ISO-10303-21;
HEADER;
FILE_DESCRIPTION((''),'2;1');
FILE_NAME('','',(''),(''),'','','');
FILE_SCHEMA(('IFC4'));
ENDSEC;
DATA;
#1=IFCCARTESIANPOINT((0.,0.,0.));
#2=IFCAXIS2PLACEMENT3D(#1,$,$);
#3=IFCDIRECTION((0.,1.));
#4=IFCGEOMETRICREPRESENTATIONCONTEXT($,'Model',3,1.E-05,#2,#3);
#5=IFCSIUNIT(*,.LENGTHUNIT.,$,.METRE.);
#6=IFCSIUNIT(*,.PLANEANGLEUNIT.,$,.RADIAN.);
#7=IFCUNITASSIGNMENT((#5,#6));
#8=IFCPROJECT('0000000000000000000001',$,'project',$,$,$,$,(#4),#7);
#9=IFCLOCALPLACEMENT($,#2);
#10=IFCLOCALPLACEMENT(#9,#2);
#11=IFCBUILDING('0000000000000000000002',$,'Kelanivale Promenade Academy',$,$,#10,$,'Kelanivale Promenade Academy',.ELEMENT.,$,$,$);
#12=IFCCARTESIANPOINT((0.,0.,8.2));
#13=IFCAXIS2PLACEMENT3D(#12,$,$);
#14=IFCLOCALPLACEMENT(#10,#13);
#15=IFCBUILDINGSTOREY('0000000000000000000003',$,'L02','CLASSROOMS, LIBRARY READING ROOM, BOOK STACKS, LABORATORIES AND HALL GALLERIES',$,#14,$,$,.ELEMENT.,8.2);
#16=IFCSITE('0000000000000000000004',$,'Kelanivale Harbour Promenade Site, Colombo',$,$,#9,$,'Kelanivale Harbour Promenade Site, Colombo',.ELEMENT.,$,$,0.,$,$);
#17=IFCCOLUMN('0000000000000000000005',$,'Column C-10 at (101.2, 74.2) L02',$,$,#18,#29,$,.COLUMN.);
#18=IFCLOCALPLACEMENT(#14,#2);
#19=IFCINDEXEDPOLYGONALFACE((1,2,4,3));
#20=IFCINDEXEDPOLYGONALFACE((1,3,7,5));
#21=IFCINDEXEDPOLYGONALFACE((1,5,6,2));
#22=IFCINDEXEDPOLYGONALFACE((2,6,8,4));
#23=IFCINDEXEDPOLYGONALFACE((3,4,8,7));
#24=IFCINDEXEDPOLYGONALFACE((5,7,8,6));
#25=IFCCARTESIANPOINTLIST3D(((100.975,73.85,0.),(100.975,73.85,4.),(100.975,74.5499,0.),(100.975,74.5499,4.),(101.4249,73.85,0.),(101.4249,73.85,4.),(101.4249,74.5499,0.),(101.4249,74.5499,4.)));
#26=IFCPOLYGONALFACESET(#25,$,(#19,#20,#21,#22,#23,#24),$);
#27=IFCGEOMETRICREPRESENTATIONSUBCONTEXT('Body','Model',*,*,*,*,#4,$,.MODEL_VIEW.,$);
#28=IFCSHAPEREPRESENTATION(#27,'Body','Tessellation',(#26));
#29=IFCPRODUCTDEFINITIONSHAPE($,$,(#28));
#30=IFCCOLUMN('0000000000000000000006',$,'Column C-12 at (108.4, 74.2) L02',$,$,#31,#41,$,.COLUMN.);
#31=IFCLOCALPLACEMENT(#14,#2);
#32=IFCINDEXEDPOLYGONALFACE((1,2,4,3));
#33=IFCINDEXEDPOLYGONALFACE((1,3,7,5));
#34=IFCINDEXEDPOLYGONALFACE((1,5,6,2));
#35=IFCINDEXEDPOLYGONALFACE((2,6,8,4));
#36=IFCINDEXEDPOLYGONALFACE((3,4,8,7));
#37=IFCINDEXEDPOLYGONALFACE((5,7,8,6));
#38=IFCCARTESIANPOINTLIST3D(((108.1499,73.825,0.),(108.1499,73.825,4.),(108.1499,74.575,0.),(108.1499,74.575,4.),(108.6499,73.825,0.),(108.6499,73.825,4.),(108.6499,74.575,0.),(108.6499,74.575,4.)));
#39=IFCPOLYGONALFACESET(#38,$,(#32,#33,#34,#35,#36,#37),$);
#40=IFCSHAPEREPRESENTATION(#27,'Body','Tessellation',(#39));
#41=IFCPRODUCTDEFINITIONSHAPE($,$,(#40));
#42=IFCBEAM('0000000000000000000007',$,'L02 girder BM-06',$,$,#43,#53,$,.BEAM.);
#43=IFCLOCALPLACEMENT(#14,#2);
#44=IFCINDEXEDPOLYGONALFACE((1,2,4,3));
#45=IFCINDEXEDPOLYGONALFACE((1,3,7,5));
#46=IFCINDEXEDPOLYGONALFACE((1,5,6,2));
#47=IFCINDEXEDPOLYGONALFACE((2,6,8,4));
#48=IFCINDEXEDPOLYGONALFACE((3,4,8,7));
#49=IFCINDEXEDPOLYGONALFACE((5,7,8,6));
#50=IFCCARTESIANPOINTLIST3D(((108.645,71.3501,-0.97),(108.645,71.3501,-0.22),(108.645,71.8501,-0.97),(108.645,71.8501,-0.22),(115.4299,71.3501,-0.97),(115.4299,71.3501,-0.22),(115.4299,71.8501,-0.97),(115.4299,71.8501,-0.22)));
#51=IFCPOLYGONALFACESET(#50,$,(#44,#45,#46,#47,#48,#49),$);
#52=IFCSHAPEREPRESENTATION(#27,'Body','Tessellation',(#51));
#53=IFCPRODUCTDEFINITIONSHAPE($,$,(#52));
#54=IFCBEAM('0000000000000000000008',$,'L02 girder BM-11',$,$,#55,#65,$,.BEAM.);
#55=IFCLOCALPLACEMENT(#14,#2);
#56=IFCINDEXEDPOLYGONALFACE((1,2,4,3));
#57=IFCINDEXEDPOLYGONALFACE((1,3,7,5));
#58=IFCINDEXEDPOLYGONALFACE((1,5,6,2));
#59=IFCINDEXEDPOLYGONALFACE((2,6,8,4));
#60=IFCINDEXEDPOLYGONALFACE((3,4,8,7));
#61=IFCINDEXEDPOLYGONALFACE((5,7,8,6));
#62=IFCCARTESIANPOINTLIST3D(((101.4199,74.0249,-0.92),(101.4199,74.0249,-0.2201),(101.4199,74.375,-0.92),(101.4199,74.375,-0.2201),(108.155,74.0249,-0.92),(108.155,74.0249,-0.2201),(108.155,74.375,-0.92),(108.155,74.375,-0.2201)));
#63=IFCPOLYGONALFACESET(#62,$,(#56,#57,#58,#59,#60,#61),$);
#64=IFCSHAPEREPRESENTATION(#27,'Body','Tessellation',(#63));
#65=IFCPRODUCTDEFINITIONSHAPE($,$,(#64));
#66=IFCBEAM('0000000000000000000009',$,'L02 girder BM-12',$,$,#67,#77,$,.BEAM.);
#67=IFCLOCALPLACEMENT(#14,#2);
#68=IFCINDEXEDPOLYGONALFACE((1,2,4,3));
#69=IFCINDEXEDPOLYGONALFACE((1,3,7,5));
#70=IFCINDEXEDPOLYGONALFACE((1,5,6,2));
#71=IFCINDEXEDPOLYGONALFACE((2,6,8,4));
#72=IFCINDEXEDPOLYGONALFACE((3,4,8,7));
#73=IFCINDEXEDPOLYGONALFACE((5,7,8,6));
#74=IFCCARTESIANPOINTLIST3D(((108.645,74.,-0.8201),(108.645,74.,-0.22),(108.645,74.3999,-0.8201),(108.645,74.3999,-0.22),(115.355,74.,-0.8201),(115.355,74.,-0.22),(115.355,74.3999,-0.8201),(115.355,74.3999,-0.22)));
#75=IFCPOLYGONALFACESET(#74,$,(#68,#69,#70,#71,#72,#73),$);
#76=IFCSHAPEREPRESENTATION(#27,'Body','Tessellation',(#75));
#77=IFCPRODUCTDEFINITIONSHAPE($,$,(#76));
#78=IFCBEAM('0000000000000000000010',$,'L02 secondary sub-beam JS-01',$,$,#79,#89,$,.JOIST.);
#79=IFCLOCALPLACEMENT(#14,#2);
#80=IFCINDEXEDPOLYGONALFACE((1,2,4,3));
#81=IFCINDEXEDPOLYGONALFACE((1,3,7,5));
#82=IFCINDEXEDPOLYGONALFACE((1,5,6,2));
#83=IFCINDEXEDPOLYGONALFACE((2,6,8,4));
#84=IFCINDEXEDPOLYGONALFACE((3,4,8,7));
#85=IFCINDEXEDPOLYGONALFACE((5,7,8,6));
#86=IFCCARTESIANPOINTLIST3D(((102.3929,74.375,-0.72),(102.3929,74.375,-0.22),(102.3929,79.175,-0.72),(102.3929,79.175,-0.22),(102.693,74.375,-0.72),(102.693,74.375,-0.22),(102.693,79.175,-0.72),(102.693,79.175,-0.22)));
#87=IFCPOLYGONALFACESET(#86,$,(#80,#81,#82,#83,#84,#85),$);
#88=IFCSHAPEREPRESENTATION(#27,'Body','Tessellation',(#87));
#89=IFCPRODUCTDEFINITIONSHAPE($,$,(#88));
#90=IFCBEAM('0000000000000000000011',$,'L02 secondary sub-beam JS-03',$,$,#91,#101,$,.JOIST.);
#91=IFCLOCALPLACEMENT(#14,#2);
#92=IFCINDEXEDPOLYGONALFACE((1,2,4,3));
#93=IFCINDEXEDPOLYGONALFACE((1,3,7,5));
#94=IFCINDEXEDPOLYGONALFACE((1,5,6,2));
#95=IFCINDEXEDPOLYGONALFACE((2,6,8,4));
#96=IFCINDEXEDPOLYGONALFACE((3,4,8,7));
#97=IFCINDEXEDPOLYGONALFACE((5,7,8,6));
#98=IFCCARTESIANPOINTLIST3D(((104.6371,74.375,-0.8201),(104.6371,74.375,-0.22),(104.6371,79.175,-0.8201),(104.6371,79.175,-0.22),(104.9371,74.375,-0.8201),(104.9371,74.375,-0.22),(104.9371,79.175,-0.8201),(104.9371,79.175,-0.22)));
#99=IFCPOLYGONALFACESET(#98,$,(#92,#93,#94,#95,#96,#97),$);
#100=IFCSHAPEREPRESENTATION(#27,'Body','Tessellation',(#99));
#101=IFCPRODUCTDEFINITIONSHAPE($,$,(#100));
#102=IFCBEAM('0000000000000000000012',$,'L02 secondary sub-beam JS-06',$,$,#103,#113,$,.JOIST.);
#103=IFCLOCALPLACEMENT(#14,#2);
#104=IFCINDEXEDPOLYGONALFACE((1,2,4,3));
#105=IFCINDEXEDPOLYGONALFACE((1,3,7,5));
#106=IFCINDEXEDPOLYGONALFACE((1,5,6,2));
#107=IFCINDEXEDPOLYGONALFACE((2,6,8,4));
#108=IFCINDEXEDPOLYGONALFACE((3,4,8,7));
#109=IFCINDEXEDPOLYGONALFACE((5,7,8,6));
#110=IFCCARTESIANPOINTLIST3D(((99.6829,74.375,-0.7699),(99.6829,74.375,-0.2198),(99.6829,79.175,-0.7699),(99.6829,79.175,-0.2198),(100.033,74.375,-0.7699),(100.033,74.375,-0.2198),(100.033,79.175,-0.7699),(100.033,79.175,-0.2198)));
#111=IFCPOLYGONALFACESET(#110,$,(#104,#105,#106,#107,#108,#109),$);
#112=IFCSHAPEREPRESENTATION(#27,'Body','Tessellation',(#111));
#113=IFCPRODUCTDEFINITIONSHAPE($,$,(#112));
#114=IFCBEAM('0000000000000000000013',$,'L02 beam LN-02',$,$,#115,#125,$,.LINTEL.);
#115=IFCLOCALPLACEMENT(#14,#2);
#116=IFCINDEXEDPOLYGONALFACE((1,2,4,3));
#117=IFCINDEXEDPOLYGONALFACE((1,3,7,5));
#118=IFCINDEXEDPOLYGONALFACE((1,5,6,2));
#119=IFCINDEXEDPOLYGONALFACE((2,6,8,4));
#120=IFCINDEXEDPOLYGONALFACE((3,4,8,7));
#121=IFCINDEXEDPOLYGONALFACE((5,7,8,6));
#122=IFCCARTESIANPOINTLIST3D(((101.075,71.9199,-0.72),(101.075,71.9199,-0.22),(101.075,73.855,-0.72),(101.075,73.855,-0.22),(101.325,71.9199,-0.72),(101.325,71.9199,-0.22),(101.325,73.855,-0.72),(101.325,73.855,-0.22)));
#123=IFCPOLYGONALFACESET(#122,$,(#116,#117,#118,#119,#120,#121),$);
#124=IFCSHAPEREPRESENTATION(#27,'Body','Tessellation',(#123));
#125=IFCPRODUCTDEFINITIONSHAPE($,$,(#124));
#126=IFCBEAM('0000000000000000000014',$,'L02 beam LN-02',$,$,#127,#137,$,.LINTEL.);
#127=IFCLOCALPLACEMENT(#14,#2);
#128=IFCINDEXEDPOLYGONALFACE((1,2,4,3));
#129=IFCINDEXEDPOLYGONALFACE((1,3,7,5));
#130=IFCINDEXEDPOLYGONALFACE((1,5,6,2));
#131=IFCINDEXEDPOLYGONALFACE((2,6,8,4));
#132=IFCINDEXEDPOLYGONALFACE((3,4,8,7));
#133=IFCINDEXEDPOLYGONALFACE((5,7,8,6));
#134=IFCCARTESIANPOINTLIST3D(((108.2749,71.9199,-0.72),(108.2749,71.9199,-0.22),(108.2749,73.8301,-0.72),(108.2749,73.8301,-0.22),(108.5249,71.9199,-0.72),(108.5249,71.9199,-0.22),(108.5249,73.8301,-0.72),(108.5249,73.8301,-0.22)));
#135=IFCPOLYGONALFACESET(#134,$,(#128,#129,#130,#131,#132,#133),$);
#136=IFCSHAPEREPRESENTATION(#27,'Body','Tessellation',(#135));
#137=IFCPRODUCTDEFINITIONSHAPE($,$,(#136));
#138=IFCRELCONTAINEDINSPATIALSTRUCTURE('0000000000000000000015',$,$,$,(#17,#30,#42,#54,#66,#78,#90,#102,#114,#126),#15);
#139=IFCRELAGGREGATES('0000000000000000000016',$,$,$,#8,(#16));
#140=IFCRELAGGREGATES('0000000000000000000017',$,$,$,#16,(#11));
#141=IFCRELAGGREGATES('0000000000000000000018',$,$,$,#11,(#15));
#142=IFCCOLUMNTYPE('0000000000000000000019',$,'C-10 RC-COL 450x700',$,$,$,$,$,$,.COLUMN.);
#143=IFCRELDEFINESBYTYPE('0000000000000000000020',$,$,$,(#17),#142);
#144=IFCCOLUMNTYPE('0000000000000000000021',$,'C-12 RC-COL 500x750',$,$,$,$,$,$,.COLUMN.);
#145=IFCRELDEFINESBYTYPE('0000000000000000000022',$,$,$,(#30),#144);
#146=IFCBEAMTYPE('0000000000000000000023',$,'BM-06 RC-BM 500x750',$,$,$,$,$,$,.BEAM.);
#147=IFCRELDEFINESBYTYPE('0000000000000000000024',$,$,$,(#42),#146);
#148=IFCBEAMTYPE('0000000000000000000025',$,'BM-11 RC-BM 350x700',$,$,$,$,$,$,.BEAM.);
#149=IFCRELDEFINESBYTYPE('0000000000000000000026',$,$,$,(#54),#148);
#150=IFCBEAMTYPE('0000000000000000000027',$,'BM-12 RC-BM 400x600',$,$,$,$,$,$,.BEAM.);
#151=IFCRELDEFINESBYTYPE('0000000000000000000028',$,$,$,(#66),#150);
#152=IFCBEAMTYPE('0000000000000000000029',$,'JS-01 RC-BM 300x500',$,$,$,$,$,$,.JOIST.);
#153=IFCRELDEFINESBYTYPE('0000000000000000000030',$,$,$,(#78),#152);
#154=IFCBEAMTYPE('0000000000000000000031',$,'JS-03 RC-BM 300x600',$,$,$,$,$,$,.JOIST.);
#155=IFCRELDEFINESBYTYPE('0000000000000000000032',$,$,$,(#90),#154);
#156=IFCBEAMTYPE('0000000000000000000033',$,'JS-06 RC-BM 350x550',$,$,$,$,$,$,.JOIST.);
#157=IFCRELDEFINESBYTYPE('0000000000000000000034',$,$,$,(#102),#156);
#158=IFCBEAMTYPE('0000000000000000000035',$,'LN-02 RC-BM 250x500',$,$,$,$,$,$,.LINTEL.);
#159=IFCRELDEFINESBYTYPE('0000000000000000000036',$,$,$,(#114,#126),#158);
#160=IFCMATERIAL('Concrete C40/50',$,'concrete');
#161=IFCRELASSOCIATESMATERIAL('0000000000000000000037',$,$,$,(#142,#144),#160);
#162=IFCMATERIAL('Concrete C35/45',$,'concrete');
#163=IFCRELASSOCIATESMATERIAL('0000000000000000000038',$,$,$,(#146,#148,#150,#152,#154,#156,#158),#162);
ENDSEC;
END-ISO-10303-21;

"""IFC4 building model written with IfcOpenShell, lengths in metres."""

from ifc_helpers import new_model, si_unit, direction, frame, origin, origin_2d, place, context, subcontext, project, spatial, rectangle, extrude, material, material_profile, profile_set, type_object, element, save


model = new_model("IFC4")

# Units and contexts
model_context = context("Model", 3, precision=1e-05, world=origin(), true_north=direction((0.0, 1.0)))
body_context = subcontext(model_context, "Body", "Model", "MODEL_VIEW")
ifc_project = project(units=[si_unit("LENGTHUNIT", "METRE"), si_unit("PLANEANGLEUNIT", "RADIAN")], contexts=[model_context])

# Site, building, storey
site_placement = place(None, origin())
site = spatial("IfcSite", under=ifc_project, at=site_placement, Name="Kelanivale Harbour Promenade Site, Colombo", LongName="Kelanivale Harbour Promenade Site, Colombo", CompositionType="ELEMENT", RefElevation=0.0)
building_placement = place(site_placement, origin())
building = spatial("IfcBuilding", under=site, at=building_placement, Name="Kelanivale Promenade Academy", LongName="Kelanivale Promenade Academy", CompositionType="ELEMENT")
storey_placement = place(building_placement, frame((0.0, 0.0, 8.2)))
storey = spatial("IfcBuildingStorey", under=building, at=storey_placement, Name="L02", Description="CLASSROOMS, LIBRARY READING ROOM, BOOK STACKS, LABORATORIES AND HALL GALLERIES", CompositionType="ELEMENT", Elevation=8.2)

# Columns
ifc_material_1 = material(Name="Concrete C40/50", Category="concrete")
ifc_material_profile_1 = material_profile(ifc_material_1, rectangle(XDim=0.45, YDim=0.7, at=origin_2d()), Name="RC-COL 450x700")
ifc_profile_set_1 = profile_set([ifc_material_profile_1], Name="Concrete C40/50")
column_type_1 = type_object("IfcColumnType", Name="C-10 RC-COL 450x700", PredefinedType="COLUMN", material=ifc_profile_set_1)
column_1_placement = place(storey_placement, frame((101.2, 74.2, 0.0), z_axis=(0.0, 0.0, 1.0), x_axis=(1.0, 0.0, 0.0)))
element("IfcColumn", 1, at=column_1_placement, inside=storey, type_object=column_type_1, Name="Column C-10 at (101.2, 74.2) L02", PredefinedType="COLUMN", context=body_context, shape_type="SweptSolid", body=[
    extrude(rectangle(XDim=0.45, YDim=0.7, at=origin_2d()), origin(), (0.0, 0.0, 1.0), 4.0),
])
ifc_material_profile_2 = material_profile(ifc_material_1, rectangle(XDim=0.5, YDim=0.75, at=origin_2d()), Name="RC-COL 500x750")
ifc_profile_set_2 = profile_set([ifc_material_profile_2], Name="Concrete C40/50")
column_type_2 = type_object("IfcColumnType", Name="C-12 RC-COL 500x750", PredefinedType="COLUMN", material=ifc_profile_set_2)
column_2_placement = place(storey_placement, frame((108.3999, 74.2, 0.0), z_axis=(0.0, 0.0, 1.0), x_axis=(1.0, 0.0, 0.0)))
element("IfcColumn", 2, at=column_2_placement, inside=storey, type_object=column_type_2, Name="Column C-12 at (108.4, 74.2) L02", PredefinedType="COLUMN", context=body_context, shape_type="SweptSolid", body=[
    extrude(rectangle(XDim=0.5, YDim=0.75, at=origin_2d()), origin(), (0.0, 0.0, 1.0), 4.0),
])

# Beams
ifc_material_2 = material(Name="Concrete C35/45", Category="concrete")
ifc_material_profile_3 = material_profile(ifc_material_2, rectangle(XDim=0.5, YDim=0.75, at=origin_2d()), Name="RC-BM 500x750")
ifc_profile_set_3 = profile_set([ifc_material_profile_3], Name="Concrete C35/45")
beam_type_1 = type_object("IfcBeamType", Name="BM-06 RC-BM 500x750", PredefinedType="BEAM", material=ifc_profile_set_3)
beam_1_placement = place(storey_placement, frame((108.645, 71.6001, -0.595), z_axis=(1.0, 0.0, 0.0), x_axis=(0.0, 1.0, 0.0)))
element("IfcBeam", 3, at=beam_1_placement, inside=storey, type_object=beam_type_1, Name="L02 girder BM-06", PredefinedType="BEAM", context=body_context, shape_type="SweptSolid", body=[
    extrude(rectangle(XDim=0.5, YDim=0.75, at=origin_2d()), origin(), (0.0, 0.0, 1.0), 6.7849),
])
ifc_material_profile_4 = material_profile(ifc_material_2, rectangle(XDim=0.3501, YDim=0.7, at=origin_2d()), Name="RC-BM 350x700")
ifc_profile_set_4 = profile_set([ifc_material_profile_4], Name="Concrete C35/45")
beam_type_2 = type_object("IfcBeamType", Name="BM-11 RC-BM 350x700", PredefinedType="BEAM", material=ifc_profile_set_4)
beam_2_placement = place(storey_placement, frame((101.4199, 74.2, -0.5701), z_axis=(1.0, 0.0, 0.0), x_axis=(0.0, 1.0, 0.0)))
element("IfcBeam", 4, at=beam_2_placement, inside=storey, type_object=beam_type_2, Name="L02 girder BM-11", PredefinedType="BEAM", context=body_context, shape_type="SweptSolid", body=[
    extrude(rectangle(XDim=0.3501, YDim=0.7, at=origin_2d()), origin(), (0.0, 0.0, 1.0), 6.7351),
])
ifc_material_profile_5 = material_profile(ifc_material_2, rectangle(XDim=0.3999, YDim=0.6001, at=origin_2d()), Name="RC-BM 400x600")
ifc_profile_set_5 = profile_set([ifc_material_profile_5], Name="Concrete C35/45")
beam_type_3 = type_object("IfcBeamType", Name="BM-12 RC-BM 400x600", PredefinedType="BEAM", material=ifc_profile_set_5)
beam_3_placement = place(storey_placement, frame((108.645, 74.2, -0.52), z_axis=(1.0, 0.0, 0.0), x_axis=(0.0, 1.0, 0.0)))
element("IfcBeam", 5, at=beam_3_placement, inside=storey, type_object=beam_type_3, Name="L02 girder BM-12", PredefinedType="BEAM", context=body_context, shape_type="SweptSolid", body=[
    extrude(rectangle(XDim=0.3999, YDim=0.6001, at=origin_2d()), origin(), (0.0, 0.0, 1.0), 6.71),
])
ifc_material_profile_6 = material_profile(ifc_material_2, rectangle(XDim=0.3, YDim=0.5, at=origin_2d()), Name="RC-BM 300x500")
ifc_profile_set_6 = profile_set([ifc_material_profile_6], Name="Concrete C35/45")
beam_type_4 = type_object("IfcBeamType", Name="JS-01 RC-BM 300x500", PredefinedType="JOIST", material=ifc_profile_set_6)
beam_4_placement = place(storey_placement, frame((102.543, 74.375, -0.47), z_axis=(0.0, 1.0, 0.0), x_axis=(-1.0, 0.0, 0.0)))
element("IfcBeam", 6, at=beam_4_placement, inside=storey, type_object=beam_type_4, Name="L02 secondary sub-beam JS-01", PredefinedType="JOIST", context=body_context, shape_type="SweptSolid", body=[
    extrude(rectangle(XDim=0.3, YDim=0.5, at=origin_2d()), origin(), (0.0, 0.0, 1.0), 4.8),
])
ifc_material_profile_7 = material_profile(ifc_material_2, rectangle(XDim=0.3, YDim=0.6001, at=origin_2d()), Name="RC-BM 300x600")
ifc_profile_set_7 = profile_set([ifc_material_profile_7], Name="Concrete C35/45")
beam_type_5 = type_object("IfcBeamType", Name="JS-03 RC-BM 300x600", PredefinedType="JOIST", material=ifc_profile_set_7)
beam_5_placement = place(storey_placement, frame((104.7871, 74.375, -0.52), z_axis=(0.0, 1.0, 0.0), x_axis=(-1.0, 0.0, 0.0)))
element("IfcBeam", 7, at=beam_5_placement, inside=storey, type_object=beam_type_5, Name="L02 secondary sub-beam JS-03", PredefinedType="JOIST", context=body_context, shape_type="SweptSolid", body=[
    extrude(rectangle(XDim=0.3, YDim=0.6001, at=origin_2d()), origin(), (0.0, 0.0, 1.0), 4.8),
])
ifc_material_profile_8 = material_profile(ifc_material_2, rectangle(XDim=0.3501, YDim=0.55, at=origin_2d()), Name="RC-BM 350x550")
ifc_profile_set_8 = profile_set([ifc_material_profile_8], Name="Concrete C35/45")
beam_type_6 = type_object("IfcBeamType", Name="JS-06 RC-BM 350x550", PredefinedType="JOIST", material=ifc_profile_set_8)
beam_6_placement = place(storey_placement, frame((99.8579, 74.375, -0.4949), z_axis=(0.0, 1.0, 0.0), x_axis=(-1.0, 0.0, 0.0)))
element("IfcBeam", 8, at=beam_6_placement, inside=storey, type_object=beam_type_6, Name="L02 secondary sub-beam JS-06", PredefinedType="JOIST", context=body_context, shape_type="SweptSolid", body=[
    extrude(rectangle(XDim=0.3501, YDim=0.55, at=origin_2d()), origin(), (0.0, 0.0, 1.0), 4.8),
])
ifc_material_profile_9 = material_profile(ifc_material_2, rectangle(XDim=0.25, YDim=0.5, at=origin_2d()), Name="RC-BM 250x500")
ifc_profile_set_9 = profile_set([ifc_material_profile_9], Name="Concrete C35/45")
beam_type_7 = type_object("IfcBeamType", Name="LN-02 RC-BM 250x500", PredefinedType="LINTEL", material=ifc_profile_set_9)
beam_7_placement = place(storey_placement, frame((101.2, 71.9199, -0.47), z_axis=(0.0, 1.0, 0.0), x_axis=(-1.0, 0.0, 0.0)))
element("IfcBeam", 9, at=beam_7_placement, inside=storey, type_object=beam_type_7, Name="L02 beam LN-02", PredefinedType="LINTEL", context=body_context, shape_type="SweptSolid", body=[
    extrude(rectangle(XDim=0.25, YDim=0.5, at=origin_2d()), origin(), (0.0, 0.0, 1.0), 1.9351),
])
beam_8_placement = place(storey_placement, frame((108.3999, 71.9199, -0.47), z_axis=(0.0, 1.0, 0.0), x_axis=(-1.0, 0.0, 0.0)))
element("IfcBeam", 10, at=beam_8_placement, inside=storey, type_object=beam_type_7, Name="L02 beam LN-02", PredefinedType="LINTEL", context=body_context, shape_type="SweptSolid", body=[
    extrude(rectangle(XDim=0.25, YDim=0.5, at=origin_2d()), origin(), (0.0, 0.0, 1.0), 1.9102),
])

save(model, "model.ifc")
